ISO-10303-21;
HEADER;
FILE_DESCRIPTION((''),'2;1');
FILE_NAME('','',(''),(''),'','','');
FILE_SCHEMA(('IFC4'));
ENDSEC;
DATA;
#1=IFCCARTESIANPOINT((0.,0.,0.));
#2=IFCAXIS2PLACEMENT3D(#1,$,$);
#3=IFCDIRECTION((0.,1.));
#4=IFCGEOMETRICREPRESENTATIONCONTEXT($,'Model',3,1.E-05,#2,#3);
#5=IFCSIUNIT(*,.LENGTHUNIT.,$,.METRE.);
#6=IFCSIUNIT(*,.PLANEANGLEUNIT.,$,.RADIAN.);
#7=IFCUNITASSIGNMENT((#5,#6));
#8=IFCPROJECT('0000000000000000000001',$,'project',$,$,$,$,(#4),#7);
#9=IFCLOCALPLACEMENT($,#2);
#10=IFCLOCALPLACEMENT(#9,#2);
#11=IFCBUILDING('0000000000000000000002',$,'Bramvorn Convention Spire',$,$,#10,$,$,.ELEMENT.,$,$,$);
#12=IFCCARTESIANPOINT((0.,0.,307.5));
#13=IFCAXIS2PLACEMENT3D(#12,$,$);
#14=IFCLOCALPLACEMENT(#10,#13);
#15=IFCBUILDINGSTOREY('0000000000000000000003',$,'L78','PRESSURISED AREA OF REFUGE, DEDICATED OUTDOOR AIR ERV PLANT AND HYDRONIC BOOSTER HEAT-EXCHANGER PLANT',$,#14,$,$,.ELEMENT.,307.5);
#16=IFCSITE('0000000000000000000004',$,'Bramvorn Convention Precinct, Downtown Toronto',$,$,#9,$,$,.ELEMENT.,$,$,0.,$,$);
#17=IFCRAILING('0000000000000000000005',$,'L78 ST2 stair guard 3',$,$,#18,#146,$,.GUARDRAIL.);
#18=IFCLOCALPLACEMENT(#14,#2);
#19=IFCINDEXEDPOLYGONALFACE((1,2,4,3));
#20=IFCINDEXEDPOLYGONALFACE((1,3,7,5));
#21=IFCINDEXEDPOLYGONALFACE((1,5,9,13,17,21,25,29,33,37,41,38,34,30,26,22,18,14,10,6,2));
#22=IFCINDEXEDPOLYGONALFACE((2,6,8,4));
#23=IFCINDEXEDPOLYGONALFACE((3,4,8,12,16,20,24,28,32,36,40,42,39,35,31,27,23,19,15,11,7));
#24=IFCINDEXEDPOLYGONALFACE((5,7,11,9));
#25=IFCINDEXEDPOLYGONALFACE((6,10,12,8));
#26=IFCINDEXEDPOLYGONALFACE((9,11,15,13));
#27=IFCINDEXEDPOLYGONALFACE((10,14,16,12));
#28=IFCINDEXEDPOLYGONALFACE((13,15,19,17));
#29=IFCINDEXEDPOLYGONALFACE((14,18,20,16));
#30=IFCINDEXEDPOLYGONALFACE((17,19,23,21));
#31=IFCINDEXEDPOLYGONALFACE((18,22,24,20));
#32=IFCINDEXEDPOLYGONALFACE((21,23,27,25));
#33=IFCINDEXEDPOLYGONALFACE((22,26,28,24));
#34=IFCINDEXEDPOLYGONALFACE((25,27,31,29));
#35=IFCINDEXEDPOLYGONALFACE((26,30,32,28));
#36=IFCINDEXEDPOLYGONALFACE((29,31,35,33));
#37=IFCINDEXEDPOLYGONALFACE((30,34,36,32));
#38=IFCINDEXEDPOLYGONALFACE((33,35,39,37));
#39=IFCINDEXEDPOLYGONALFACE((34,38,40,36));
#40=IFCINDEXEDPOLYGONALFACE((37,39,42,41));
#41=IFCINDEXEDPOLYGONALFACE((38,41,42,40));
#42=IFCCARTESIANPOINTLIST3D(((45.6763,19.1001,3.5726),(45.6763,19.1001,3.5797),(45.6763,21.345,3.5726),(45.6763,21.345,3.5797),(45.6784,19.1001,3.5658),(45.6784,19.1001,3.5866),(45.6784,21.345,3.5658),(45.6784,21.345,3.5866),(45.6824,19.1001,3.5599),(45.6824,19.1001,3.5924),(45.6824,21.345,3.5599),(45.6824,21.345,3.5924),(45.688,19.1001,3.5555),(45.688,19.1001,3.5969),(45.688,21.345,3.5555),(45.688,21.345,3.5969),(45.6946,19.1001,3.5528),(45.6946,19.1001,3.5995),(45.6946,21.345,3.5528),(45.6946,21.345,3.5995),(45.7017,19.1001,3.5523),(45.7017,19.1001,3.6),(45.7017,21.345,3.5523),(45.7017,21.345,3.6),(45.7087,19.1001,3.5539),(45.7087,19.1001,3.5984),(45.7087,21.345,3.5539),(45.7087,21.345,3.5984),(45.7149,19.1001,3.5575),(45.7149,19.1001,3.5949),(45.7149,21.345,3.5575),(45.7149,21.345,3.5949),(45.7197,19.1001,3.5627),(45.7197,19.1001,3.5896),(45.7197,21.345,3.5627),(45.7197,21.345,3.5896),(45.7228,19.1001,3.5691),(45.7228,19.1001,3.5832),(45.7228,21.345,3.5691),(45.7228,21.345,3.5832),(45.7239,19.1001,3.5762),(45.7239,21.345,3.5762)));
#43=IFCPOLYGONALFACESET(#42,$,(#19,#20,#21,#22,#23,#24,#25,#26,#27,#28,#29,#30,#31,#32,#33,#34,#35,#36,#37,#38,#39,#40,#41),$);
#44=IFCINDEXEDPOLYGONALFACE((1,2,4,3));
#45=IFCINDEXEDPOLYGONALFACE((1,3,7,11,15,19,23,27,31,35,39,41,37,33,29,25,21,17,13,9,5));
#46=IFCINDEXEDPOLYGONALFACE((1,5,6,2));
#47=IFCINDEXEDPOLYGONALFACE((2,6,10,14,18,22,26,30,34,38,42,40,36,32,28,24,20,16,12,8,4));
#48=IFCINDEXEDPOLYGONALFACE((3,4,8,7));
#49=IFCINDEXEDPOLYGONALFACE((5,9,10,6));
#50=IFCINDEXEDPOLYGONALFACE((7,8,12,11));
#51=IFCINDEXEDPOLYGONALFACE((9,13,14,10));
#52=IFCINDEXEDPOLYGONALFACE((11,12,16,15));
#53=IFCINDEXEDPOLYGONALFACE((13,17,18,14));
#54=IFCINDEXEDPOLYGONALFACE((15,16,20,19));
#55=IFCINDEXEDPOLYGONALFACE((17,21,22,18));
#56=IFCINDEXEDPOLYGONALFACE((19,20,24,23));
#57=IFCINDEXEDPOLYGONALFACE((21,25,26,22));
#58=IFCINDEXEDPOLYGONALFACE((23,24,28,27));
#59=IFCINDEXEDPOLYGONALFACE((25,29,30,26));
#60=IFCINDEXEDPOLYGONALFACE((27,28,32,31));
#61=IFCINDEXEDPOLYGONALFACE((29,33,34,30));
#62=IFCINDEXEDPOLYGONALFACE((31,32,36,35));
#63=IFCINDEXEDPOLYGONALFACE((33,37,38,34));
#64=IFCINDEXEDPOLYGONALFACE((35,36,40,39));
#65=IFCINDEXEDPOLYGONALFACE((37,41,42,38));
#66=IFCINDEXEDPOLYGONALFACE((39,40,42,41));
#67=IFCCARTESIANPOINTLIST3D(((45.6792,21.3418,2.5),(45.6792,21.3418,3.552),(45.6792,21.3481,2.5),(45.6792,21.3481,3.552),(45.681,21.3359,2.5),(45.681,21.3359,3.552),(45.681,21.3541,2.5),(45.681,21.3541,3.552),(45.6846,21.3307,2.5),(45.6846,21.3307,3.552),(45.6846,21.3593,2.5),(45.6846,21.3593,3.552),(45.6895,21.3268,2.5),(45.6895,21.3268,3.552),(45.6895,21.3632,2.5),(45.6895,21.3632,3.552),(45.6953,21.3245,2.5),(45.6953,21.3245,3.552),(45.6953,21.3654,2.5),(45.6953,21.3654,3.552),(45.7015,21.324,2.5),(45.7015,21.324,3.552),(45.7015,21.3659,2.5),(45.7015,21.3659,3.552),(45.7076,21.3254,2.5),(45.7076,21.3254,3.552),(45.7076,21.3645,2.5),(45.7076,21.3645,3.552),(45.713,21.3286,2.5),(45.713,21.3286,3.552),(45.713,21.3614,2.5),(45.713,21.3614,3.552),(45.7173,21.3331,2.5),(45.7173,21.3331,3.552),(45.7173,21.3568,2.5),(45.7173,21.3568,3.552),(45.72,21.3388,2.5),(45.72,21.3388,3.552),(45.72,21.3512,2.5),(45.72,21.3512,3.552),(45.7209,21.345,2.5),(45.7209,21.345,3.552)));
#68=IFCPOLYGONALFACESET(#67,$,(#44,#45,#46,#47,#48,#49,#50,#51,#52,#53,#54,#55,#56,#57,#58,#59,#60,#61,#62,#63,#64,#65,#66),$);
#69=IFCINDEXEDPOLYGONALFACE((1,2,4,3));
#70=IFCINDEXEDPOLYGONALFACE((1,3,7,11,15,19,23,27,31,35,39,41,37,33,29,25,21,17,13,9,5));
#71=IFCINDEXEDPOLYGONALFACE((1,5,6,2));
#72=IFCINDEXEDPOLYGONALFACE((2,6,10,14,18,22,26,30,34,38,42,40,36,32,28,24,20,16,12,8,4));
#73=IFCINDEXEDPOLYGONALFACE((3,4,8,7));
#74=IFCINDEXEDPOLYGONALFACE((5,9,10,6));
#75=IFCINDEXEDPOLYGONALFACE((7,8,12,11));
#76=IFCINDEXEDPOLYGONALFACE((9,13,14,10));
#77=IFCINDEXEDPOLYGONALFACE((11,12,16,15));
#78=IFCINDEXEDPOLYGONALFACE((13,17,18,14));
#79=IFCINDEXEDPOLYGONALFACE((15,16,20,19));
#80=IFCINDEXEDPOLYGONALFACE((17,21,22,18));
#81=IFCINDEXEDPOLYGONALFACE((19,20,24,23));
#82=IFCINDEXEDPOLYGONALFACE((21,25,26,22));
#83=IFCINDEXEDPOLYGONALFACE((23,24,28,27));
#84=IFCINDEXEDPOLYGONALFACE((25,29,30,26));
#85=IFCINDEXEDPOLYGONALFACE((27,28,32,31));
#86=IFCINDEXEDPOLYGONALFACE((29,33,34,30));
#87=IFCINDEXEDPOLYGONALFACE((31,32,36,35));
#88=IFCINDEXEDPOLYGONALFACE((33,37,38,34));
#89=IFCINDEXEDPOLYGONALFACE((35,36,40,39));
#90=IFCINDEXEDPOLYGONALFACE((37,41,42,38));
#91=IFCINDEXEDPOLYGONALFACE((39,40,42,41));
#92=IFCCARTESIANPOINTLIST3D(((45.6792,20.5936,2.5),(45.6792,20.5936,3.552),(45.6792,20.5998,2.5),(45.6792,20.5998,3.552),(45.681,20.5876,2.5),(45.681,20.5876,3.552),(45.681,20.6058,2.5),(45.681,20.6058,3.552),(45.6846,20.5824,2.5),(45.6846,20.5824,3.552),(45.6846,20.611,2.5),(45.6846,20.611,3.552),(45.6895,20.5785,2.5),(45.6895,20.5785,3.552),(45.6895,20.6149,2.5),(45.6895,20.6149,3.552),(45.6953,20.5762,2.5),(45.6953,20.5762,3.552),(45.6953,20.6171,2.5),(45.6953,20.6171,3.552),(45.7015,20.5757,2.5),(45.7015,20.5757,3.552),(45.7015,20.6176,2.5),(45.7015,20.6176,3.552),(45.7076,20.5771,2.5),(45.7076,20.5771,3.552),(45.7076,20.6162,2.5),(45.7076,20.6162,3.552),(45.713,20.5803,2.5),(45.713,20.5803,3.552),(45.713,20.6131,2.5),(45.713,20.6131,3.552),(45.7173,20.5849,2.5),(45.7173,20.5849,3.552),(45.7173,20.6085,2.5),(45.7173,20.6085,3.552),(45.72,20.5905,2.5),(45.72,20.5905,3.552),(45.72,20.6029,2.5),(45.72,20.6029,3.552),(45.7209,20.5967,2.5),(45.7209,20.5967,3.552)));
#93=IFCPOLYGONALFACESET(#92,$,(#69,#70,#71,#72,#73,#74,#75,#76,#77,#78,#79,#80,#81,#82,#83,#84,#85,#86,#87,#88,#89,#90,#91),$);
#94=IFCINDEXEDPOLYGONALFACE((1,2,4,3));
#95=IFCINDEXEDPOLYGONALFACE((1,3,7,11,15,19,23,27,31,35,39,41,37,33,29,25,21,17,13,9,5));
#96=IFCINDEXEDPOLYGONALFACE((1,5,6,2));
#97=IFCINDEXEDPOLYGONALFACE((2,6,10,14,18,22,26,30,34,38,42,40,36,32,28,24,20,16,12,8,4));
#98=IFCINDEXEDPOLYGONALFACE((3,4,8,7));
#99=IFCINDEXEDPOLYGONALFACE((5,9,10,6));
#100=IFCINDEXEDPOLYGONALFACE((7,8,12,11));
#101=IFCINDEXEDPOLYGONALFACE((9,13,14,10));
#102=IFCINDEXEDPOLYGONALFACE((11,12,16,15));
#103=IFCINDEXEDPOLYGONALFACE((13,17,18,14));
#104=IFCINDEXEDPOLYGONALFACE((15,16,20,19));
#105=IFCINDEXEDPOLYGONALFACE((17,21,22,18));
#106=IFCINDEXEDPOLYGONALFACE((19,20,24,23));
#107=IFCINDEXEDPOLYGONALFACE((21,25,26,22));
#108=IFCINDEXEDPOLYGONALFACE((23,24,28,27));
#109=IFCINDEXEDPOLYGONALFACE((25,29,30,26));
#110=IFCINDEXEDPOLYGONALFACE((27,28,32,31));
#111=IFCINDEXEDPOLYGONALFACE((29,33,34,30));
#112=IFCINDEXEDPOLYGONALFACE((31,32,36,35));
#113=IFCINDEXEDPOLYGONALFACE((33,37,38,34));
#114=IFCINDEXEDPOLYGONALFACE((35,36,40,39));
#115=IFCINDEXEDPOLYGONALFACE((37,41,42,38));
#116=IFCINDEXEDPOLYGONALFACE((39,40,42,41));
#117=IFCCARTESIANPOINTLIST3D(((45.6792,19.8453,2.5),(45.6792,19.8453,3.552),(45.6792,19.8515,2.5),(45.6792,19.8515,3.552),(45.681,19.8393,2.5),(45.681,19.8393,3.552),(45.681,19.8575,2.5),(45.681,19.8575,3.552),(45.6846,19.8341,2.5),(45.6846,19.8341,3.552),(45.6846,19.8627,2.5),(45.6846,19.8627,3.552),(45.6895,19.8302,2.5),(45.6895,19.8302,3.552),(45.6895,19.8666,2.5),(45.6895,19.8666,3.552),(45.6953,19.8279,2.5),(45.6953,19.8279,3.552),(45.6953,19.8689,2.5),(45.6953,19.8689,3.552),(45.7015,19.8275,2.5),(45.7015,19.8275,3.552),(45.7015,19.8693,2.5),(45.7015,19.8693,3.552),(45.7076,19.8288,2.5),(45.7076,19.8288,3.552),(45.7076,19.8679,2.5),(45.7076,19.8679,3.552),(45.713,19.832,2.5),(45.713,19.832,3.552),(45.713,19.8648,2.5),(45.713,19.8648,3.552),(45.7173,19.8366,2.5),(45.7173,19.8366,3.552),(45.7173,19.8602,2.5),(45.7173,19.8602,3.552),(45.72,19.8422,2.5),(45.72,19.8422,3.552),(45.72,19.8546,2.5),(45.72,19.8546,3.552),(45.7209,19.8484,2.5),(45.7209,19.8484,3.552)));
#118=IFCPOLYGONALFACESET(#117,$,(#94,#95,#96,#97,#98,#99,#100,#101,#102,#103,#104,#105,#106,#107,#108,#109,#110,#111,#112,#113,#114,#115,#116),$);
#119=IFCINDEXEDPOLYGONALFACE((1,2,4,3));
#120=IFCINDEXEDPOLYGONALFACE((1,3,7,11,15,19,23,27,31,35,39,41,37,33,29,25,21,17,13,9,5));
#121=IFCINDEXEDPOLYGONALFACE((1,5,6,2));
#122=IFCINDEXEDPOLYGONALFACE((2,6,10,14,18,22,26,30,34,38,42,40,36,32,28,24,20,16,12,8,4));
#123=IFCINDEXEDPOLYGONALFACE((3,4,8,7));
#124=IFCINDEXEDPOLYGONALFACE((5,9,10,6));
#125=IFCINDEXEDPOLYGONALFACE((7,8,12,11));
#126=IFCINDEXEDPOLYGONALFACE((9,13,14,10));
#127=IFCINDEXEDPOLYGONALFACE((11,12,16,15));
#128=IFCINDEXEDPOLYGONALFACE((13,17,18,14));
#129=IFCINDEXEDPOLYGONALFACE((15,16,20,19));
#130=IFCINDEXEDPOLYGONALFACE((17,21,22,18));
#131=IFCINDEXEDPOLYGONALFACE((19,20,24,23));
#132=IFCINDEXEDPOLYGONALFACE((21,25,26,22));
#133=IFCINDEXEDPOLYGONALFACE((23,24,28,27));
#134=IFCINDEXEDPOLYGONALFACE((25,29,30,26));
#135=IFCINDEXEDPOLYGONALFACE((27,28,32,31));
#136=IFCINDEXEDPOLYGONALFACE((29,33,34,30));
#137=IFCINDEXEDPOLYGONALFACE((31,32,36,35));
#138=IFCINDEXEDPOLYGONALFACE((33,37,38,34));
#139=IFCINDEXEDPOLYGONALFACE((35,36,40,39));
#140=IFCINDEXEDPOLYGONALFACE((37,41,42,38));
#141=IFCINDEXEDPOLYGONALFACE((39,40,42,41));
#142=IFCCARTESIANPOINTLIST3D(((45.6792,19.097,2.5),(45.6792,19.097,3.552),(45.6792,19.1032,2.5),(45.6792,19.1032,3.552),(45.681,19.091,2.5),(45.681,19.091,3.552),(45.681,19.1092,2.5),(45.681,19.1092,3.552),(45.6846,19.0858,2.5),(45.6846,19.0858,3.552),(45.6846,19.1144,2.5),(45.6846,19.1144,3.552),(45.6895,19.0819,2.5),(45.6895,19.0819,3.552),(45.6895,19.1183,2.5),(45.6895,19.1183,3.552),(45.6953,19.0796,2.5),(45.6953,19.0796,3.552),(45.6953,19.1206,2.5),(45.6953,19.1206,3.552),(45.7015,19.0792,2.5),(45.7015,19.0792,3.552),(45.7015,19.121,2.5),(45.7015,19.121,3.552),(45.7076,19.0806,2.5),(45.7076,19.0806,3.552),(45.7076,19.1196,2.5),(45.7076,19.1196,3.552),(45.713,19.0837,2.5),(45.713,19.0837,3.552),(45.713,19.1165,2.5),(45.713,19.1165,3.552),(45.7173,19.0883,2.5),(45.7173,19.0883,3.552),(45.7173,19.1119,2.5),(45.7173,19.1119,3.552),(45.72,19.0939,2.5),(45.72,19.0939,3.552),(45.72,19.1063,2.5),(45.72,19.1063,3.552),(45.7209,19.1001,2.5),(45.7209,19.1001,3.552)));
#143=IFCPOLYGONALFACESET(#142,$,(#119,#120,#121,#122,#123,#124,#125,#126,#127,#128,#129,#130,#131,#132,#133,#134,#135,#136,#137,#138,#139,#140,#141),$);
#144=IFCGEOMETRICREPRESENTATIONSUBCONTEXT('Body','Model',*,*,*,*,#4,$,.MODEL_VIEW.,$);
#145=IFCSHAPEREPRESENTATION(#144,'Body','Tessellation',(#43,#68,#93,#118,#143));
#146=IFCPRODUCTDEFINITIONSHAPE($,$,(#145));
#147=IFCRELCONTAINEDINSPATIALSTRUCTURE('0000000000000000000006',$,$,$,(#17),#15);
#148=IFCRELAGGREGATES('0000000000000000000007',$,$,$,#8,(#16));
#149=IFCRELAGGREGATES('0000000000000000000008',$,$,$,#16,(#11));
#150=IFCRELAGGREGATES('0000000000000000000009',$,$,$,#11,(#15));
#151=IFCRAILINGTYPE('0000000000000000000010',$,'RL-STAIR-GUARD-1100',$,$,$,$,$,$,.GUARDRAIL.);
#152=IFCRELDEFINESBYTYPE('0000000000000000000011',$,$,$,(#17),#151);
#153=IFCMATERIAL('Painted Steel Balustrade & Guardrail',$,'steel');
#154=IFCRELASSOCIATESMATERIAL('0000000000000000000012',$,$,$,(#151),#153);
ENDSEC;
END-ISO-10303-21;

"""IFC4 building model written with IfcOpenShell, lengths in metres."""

from ifc_helpers import new_model, si_unit, direction, frame, origin, origin_2d, place, context, subcontext, project, spatial, circle, extrude, material, type_object, element, save


model = new_model("IFC4")

# Units and contexts
model_context = context("Model", 3, precision=1e-05, world=origin(), true_north=direction((0.0, 1.0)))
body_context = subcontext(model_context, "Body", "Model", "MODEL_VIEW")
ifc_project = project(units=[si_unit("LENGTHUNIT", "METRE"), si_unit("PLANEANGLEUNIT", "RADIAN")], contexts=[model_context])

# Site, building, storey
site_placement = place(None, origin())
site = spatial("IfcSite", under=ifc_project, at=site_placement, Name="Bramvorn Convention Precinct, Downtown Toronto", CompositionType="ELEMENT", RefElevation=0.0)
building_placement = place(site_placement, origin())
building = spatial("IfcBuilding", under=site, at=building_placement, Name="Bramvorn Convention Spire", CompositionType="ELEMENT")
storey_placement = place(building_placement, frame((0.0, 0.0, 307.5)))
storey = spatial("IfcBuildingStorey", under=building, at=storey_placement, Name="L78", Description="PRESSURISED AREA OF REFUGE, DEDICATED OUTDOOR AIR ERV PLANT AND HYDRONIC BOOSTER HEAT-EXCHANGER PLANT", CompositionType="ELEMENT", Elevation=307.5)

# Railing
ifc_material_1 = material(Name="Painted Steel Balustrade & Guardrail", Category="steel")
railing_type = type_object("IfcRailingType", Name="RL-STAIR-GUARD-1100", PredefinedType="GUARDRAIL", material=ifc_material_1)
railing_1_placement = place(storey_placement, frame((45.7, 21.345, 2.5)))
element("IfcRailing", 1, at=railing_1_placement, inside=storey, type_object=railing_type, Name="L78 ST2 stair guard 3", PredefinedType="GUARDRAIL", context=body_context, shape_type="SweptSolid", body=[
    extrude(circle(Radius=0.0239, at=origin_2d()), frame((0.0, 0.0, 1.0762), z_axis=(0.0, -1.0, 0.0), x_axis=(1.0, 0.0, 0.0)), (0.0, 0.0, 1.0), 2.2449),
    extrude(circle(Radius=0.021, at=origin_2d()), origin(), (0.0, 0.0, 1.0), 1.052),
    extrude(circle(Radius=0.021, at=origin_2d()), frame((0.0, -0.7483, 0.0)), (0.0, 0.0, 1.0), 1.052),
    extrude(circle(Radius=0.021, at=origin_2d()), frame((0.0, -1.4966, 0.0)), (0.0, 0.0, 1.0), 1.052),
    extrude(circle(Radius=0.021, at=origin_2d()), frame((0.0, -2.2449, 0.0)), (0.0, 0.0, 1.0), 1.052),
])

save(model, "model.ifc")
